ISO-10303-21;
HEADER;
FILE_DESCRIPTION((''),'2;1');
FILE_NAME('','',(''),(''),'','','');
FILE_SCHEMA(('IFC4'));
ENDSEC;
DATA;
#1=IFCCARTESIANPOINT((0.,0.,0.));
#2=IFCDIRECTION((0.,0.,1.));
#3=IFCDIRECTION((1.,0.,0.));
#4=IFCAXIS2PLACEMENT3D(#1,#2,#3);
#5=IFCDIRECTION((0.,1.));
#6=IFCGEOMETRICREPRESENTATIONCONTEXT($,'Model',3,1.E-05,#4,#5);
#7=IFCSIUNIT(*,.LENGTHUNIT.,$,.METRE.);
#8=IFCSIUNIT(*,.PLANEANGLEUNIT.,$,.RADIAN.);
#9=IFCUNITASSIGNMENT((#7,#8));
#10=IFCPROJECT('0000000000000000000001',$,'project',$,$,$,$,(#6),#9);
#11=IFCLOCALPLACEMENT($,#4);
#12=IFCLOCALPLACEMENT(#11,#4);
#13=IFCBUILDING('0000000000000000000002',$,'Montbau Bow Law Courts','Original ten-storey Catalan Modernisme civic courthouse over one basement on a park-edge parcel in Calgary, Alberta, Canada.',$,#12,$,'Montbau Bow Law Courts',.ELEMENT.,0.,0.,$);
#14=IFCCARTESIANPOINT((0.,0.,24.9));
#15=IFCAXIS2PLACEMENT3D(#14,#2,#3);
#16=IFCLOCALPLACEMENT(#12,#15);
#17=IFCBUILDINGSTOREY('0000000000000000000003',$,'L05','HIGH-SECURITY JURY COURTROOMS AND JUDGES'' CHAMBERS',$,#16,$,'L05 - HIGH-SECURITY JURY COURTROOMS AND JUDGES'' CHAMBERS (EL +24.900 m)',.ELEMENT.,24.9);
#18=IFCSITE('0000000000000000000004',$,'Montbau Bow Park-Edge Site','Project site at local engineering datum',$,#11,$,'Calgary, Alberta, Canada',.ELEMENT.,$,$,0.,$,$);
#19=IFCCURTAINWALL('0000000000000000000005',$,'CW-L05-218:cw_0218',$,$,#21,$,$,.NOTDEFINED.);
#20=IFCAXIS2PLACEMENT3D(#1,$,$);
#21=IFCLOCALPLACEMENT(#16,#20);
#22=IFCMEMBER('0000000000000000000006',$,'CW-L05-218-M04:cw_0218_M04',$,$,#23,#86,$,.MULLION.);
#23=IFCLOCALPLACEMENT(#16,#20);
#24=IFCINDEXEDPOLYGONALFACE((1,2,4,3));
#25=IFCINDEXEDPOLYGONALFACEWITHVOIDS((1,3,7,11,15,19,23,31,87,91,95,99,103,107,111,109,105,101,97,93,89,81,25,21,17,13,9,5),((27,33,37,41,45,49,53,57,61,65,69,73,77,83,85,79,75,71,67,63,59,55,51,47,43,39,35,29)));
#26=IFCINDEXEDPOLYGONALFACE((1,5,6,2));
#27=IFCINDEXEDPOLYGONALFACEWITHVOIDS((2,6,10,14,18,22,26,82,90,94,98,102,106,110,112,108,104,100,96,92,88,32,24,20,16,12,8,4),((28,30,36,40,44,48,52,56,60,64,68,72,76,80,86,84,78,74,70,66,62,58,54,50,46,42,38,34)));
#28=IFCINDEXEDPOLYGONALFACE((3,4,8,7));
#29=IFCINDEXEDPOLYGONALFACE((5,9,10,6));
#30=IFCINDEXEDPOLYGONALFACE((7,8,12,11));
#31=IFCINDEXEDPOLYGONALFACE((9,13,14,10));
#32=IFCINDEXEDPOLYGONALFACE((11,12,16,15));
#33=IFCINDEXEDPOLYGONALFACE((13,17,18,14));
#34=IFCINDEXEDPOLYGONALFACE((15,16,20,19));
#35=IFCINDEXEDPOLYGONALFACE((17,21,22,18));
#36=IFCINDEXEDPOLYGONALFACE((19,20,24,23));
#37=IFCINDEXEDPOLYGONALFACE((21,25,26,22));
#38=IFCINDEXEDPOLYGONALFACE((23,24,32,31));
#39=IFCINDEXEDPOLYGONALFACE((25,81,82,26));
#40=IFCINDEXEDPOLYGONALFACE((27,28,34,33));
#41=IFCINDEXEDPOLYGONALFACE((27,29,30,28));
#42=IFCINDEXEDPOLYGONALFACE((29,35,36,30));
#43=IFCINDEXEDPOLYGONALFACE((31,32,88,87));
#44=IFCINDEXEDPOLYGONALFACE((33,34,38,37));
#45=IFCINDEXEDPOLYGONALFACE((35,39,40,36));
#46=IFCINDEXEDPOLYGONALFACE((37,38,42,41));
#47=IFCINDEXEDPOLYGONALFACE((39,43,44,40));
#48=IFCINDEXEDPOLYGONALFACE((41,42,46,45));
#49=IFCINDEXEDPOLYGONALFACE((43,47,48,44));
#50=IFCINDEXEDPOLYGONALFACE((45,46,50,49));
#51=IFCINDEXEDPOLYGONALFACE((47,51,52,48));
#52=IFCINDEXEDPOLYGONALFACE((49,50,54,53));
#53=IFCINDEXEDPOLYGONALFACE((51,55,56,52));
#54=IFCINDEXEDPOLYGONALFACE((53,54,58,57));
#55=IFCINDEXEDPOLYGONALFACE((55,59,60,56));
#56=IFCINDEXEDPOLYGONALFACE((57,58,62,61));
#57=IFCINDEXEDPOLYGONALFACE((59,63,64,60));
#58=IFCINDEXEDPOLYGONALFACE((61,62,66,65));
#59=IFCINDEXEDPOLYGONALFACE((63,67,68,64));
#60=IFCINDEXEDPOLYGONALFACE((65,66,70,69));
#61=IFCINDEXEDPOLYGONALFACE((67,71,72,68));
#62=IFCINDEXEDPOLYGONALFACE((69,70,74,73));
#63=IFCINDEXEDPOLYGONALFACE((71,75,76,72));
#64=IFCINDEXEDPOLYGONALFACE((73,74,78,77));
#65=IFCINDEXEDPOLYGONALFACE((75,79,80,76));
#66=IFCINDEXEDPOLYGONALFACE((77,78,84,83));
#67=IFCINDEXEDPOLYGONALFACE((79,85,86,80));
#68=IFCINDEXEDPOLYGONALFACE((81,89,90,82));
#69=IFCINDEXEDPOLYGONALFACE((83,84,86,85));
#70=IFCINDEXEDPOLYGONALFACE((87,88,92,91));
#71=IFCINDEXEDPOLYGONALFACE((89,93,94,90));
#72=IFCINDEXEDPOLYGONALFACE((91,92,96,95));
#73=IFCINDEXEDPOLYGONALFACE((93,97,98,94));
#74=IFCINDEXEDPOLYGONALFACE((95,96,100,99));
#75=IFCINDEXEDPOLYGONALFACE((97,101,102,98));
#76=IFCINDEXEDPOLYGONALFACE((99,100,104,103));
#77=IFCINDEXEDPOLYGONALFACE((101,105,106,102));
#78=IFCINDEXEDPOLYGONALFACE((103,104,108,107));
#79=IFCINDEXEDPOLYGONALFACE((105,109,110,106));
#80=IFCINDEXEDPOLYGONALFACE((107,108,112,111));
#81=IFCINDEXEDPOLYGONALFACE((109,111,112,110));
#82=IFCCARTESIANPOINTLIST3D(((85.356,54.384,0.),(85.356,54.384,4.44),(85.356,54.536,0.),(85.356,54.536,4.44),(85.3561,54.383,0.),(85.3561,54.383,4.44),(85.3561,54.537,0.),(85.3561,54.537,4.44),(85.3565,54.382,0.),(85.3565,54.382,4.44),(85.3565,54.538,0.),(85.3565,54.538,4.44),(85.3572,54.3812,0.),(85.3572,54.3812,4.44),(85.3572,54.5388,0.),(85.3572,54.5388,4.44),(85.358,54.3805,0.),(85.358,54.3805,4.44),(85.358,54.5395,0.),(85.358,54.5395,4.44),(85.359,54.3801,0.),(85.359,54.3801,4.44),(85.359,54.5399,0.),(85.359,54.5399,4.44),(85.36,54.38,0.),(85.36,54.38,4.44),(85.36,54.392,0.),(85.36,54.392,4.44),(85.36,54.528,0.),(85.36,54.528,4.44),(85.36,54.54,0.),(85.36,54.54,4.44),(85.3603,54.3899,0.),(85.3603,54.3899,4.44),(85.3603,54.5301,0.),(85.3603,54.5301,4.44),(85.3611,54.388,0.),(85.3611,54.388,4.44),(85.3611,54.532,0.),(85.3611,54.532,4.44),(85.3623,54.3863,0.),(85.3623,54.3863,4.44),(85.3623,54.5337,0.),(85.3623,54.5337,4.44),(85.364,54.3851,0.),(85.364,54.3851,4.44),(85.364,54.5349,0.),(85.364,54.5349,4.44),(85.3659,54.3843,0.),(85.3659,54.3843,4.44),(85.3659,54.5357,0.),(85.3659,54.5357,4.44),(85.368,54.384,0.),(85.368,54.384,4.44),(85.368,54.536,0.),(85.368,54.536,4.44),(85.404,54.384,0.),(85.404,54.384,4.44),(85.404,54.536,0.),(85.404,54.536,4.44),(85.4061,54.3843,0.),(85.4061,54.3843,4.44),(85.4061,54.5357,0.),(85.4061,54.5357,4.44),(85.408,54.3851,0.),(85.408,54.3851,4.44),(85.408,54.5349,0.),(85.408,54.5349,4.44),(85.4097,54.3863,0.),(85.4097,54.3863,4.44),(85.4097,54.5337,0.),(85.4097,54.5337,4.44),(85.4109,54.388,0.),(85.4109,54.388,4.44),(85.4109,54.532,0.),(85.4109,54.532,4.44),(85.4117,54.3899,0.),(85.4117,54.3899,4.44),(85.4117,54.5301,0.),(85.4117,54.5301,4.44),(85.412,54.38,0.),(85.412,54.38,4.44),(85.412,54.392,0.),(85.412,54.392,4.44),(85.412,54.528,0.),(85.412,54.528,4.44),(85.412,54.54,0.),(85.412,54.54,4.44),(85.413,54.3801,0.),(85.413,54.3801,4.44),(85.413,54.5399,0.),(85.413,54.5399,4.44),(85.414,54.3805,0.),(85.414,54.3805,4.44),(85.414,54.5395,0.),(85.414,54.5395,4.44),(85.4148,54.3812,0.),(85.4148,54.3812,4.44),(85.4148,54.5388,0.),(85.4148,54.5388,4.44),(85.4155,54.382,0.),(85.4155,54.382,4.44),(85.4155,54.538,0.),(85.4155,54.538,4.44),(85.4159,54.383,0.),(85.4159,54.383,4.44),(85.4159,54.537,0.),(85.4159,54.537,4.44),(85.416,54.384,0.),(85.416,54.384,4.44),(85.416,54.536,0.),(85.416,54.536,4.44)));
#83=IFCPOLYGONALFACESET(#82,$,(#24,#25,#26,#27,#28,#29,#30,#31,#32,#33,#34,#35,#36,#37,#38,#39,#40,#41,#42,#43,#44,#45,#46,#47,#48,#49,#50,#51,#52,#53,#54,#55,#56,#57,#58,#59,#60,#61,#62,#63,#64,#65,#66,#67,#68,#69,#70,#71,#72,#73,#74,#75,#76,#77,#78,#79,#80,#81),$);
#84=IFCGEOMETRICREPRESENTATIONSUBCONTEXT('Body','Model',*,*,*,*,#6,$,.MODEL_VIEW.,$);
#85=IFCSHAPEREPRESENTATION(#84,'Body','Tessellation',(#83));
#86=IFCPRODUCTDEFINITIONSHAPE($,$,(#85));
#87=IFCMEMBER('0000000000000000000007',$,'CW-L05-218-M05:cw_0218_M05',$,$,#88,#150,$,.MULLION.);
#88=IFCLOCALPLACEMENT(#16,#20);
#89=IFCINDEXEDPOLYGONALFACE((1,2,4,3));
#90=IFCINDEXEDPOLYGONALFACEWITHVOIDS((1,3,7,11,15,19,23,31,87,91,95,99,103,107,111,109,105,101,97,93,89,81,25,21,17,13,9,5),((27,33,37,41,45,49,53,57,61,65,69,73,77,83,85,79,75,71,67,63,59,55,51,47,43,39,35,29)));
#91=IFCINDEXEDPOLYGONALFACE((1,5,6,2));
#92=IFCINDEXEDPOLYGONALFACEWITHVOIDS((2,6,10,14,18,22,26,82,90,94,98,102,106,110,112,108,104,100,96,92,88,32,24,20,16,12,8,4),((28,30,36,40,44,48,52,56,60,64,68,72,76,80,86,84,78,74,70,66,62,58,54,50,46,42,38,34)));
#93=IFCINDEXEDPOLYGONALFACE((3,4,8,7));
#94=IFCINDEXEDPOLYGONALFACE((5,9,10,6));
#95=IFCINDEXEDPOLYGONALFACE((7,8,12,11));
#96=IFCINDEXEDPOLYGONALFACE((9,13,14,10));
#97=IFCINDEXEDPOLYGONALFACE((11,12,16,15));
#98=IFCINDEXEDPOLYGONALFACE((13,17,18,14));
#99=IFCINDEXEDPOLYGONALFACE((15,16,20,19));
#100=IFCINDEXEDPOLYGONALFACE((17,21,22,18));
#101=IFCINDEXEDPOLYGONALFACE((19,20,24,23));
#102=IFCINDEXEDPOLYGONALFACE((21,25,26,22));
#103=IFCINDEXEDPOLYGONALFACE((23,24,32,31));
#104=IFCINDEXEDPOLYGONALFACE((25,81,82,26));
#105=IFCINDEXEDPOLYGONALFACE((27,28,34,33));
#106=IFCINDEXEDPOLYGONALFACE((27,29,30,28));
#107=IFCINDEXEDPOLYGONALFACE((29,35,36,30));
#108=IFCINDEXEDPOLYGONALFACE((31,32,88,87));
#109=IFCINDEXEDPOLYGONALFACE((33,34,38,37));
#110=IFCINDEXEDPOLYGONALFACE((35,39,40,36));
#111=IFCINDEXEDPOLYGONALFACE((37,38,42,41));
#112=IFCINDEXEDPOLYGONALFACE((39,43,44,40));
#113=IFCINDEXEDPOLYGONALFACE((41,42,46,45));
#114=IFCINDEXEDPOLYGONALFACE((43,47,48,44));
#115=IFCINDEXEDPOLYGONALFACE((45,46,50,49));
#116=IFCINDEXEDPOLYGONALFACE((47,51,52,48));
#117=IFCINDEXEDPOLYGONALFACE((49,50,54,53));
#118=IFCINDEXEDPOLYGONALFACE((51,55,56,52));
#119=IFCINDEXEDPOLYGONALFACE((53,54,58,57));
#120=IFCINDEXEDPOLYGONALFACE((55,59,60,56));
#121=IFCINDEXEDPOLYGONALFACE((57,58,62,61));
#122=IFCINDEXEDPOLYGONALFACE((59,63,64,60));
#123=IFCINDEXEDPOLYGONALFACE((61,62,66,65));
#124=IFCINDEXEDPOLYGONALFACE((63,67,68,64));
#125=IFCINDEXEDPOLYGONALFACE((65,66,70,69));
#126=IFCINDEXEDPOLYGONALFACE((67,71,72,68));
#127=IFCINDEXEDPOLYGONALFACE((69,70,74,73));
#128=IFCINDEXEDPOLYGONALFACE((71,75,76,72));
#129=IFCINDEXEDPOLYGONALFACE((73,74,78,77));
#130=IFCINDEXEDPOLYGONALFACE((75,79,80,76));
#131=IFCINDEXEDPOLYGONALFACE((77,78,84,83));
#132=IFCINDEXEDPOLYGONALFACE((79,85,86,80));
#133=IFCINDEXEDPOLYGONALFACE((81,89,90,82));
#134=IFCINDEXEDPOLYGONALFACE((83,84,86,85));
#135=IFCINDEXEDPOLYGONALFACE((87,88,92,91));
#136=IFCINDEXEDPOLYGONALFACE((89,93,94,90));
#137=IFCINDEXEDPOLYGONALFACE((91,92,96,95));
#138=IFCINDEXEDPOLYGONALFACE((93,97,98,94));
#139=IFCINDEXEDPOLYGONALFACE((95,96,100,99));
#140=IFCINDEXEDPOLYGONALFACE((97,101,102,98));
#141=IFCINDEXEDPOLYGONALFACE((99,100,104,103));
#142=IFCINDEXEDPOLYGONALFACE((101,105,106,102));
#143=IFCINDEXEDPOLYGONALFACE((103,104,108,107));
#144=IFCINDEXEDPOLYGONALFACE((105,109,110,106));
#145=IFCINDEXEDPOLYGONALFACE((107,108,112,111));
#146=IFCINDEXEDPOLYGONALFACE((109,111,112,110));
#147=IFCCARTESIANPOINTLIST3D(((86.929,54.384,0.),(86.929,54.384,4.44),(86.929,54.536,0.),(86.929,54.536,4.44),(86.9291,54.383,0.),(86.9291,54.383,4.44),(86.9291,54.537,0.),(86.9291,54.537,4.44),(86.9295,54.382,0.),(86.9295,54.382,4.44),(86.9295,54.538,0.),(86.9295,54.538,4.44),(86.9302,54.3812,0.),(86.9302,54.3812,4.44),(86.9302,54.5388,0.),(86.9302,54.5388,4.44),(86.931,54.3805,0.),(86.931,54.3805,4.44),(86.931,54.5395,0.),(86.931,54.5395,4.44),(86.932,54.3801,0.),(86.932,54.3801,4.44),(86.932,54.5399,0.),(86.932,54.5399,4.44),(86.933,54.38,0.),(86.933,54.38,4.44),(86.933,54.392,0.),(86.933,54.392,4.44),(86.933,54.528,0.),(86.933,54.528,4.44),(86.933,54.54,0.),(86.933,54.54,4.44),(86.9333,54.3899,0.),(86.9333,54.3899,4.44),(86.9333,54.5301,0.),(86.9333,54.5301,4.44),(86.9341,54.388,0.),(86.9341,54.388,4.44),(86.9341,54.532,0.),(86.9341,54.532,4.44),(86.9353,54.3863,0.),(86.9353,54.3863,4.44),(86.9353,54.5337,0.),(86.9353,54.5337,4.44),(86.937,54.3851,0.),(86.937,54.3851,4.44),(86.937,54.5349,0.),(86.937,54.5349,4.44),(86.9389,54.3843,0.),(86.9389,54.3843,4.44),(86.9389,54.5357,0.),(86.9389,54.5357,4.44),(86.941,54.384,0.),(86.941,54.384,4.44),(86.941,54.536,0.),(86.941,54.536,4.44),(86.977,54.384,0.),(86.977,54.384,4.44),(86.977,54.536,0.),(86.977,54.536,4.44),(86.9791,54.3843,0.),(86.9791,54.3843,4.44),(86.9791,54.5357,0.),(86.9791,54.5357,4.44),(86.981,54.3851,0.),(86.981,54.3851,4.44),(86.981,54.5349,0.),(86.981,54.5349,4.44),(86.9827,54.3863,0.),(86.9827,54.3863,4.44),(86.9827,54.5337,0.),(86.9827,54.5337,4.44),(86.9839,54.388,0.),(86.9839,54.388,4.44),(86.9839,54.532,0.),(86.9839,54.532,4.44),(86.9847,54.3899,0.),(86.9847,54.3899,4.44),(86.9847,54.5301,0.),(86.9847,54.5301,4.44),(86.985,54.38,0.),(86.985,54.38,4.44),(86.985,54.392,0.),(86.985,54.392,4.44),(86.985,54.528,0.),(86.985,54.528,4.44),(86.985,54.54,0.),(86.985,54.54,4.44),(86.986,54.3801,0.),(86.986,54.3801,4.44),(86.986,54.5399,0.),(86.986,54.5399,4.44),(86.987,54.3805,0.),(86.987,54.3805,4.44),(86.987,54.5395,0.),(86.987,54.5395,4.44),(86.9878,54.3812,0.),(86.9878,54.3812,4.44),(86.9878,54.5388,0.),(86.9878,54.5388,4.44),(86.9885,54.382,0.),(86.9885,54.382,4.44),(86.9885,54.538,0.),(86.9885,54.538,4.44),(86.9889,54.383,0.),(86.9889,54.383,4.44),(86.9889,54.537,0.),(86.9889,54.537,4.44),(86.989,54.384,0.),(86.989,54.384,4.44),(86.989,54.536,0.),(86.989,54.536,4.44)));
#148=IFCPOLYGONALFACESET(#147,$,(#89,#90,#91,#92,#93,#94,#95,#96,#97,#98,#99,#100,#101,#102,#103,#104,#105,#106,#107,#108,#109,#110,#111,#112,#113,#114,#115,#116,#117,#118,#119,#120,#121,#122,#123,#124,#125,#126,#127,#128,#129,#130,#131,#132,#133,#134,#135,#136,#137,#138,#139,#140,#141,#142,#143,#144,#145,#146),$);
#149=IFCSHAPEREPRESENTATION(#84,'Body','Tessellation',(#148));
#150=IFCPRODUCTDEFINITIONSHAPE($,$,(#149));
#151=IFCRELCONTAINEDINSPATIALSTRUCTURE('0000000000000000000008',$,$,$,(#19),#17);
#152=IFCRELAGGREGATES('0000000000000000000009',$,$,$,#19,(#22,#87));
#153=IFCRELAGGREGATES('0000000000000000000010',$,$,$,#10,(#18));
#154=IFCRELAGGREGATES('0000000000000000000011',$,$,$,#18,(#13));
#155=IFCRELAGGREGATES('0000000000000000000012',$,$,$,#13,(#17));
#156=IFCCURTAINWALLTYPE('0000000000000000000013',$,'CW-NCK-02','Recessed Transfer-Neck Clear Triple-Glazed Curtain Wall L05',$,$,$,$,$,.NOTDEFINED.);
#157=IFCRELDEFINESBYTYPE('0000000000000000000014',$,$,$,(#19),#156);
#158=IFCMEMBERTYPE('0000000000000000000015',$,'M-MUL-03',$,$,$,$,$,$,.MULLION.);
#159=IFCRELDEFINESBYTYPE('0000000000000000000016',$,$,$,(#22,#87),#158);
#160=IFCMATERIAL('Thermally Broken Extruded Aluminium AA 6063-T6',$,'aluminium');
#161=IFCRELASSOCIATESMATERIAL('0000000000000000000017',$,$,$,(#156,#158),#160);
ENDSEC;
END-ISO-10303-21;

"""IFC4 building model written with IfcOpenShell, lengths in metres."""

from ifc_helpers import new_model, si_unit, direction, frame, origin_with_axes, origin_2d_with_axis, place, context, subcontext, project, spatial, hollow_rectangle, extrude, material, material_profile, profile_set, type_object, element, aggregate, save


model = new_model("IFC4")

# Units and contexts
model_context = context("Model", 3, precision=1e-05, world=origin_with_axes(), true_north=direction((0.0, 1.0)))
body_context = subcontext(model_context, "Body", "Model", "MODEL_VIEW")
ifc_project = project(units=[si_unit("LENGTHUNIT", "METRE"), si_unit("PLANEANGLEUNIT", "RADIAN")], contexts=[model_context])

# Site, building, storey
site_placement = place(None, origin_with_axes())
site = spatial("IfcSite", under=ifc_project, at=site_placement, Name="Montbau Bow Park-Edge Site", Description="Project site at local engineering datum", LongName="Calgary, Alberta, Canada", CompositionType="ELEMENT", RefElevation=0.0)
building_placement = place(site_placement, origin_with_axes())
building = spatial("IfcBuilding", under=site, at=building_placement, Name="Montbau Bow Law Courts", Description="Original ten-storey Catalan Modernisme civic courthouse over one basement on a park-edge parcel in Calgary, Alberta, Canada.", LongName="Montbau Bow Law Courts", CompositionType="ELEMENT", ElevationOfRefHeight=0.0, ElevationOfTerrain=0.0)
storey_placement = place(building_placement, frame((0.0, 0.0, 24.9), z_axis=(0.0, 0.0, 1.0), x_axis=(1.0, 0.0, 0.0)))
storey = spatial("IfcBuildingStorey", under=building, at=storey_placement, Name="L05", Description="HIGH-SECURITY JURY COURTROOMS AND JUDGES' CHAMBERS", LongName="L05 - HIGH-SECURITY JURY COURTROOMS AND JUDGES' CHAMBERS (EL +24.900 m)", CompositionType="ELEMENT", Elevation=24.9)

# Curtain wall, members
ifc_material_1 = material(Name="Thermally Broken Extruded Aluminium AA 6063-T6", Category="aluminium")
curtain_wall_type = type_object("IfcCurtainWallType", Name="CW-NCK-02", Description="Recessed Transfer-Neck Clear Triple-Glazed Curtain Wall L05", PredefinedType="NOTDEFINED", material=ifc_material_1)
curtain_wall_placement = place(None, frame((80.668, 54.46, 24.9), z_axis=(0.0, 0.0, 1.0), x_axis=(1.0, 0.0, 0.0)))
curtain_wall = element("IfcCurtainWall", 1, at=curtain_wall_placement, inside=storey, type_object=curtain_wall_type, Name="CW-L05-218:cw_0218", PredefinedType="NOTDEFINED")
ifc_material_profile_1 = material_profile(ifc_material_1, hollow_rectangle(XDim=0.06, YDim=0.16, WallThickness=0.004, InnerFilletRadius=0.008, OuterFilletRadius=0.004, at=origin_2d_with_axis()), Name="CWM-160X60", Category="Main", Priority=0)
ifc_profile_set_1 = profile_set([ifc_material_profile_1], Name="Thermally Broken Extruded Aluminium AA 6063-T6")
member_type_1 = type_object("IfcMemberType", Name="M-MUL-03", PredefinedType="MULLION", material=ifc_profile_set_1)
member_1_placement = place(None, frame((85.386, 54.46, 24.9), z_axis=(0.0, 0.0, 1.0), x_axis=(1.0, 0.0, 0.0)))
member_1 = element("IfcMember", 2, at=member_1_placement, type_object=member_type_1, Name="CW-L05-218-M04:cw_0218_M04", PredefinedType="MULLION", context=body_context, shape_type="SweptSolid", body=[
    extrude(hollow_rectangle(XDim=0.06, YDim=0.16, WallThickness=0.004, InnerFilletRadius=0.008, OuterFilletRadius=0.004, at=origin_2d_with_axis()), origin_with_axes(), (0.0, 0.0, 1.0), 4.44),
])
member_2_placement = place(None, frame((86.959, 54.46, 24.9), z_axis=(0.0, 0.0, 1.0), x_axis=(1.0, 0.0, 0.0)))
member_2 = element("IfcMember", 3, at=member_2_placement, type_object=member_type_1, Name="CW-L05-218-M05:cw_0218_M05", PredefinedType="MULLION", context=body_context, shape_type="SweptSolid", body=[
    extrude(hollow_rectangle(XDim=0.06, YDim=0.16, WallThickness=0.004, InnerFilletRadius=0.008, OuterFilletRadius=0.004, at=origin_2d_with_axis()), origin_with_axes(), (0.0, 0.0, 1.0), 4.44),
])
aggregate(curtain_wall, [member_1, member_2])

save(model, "model.ifc")
